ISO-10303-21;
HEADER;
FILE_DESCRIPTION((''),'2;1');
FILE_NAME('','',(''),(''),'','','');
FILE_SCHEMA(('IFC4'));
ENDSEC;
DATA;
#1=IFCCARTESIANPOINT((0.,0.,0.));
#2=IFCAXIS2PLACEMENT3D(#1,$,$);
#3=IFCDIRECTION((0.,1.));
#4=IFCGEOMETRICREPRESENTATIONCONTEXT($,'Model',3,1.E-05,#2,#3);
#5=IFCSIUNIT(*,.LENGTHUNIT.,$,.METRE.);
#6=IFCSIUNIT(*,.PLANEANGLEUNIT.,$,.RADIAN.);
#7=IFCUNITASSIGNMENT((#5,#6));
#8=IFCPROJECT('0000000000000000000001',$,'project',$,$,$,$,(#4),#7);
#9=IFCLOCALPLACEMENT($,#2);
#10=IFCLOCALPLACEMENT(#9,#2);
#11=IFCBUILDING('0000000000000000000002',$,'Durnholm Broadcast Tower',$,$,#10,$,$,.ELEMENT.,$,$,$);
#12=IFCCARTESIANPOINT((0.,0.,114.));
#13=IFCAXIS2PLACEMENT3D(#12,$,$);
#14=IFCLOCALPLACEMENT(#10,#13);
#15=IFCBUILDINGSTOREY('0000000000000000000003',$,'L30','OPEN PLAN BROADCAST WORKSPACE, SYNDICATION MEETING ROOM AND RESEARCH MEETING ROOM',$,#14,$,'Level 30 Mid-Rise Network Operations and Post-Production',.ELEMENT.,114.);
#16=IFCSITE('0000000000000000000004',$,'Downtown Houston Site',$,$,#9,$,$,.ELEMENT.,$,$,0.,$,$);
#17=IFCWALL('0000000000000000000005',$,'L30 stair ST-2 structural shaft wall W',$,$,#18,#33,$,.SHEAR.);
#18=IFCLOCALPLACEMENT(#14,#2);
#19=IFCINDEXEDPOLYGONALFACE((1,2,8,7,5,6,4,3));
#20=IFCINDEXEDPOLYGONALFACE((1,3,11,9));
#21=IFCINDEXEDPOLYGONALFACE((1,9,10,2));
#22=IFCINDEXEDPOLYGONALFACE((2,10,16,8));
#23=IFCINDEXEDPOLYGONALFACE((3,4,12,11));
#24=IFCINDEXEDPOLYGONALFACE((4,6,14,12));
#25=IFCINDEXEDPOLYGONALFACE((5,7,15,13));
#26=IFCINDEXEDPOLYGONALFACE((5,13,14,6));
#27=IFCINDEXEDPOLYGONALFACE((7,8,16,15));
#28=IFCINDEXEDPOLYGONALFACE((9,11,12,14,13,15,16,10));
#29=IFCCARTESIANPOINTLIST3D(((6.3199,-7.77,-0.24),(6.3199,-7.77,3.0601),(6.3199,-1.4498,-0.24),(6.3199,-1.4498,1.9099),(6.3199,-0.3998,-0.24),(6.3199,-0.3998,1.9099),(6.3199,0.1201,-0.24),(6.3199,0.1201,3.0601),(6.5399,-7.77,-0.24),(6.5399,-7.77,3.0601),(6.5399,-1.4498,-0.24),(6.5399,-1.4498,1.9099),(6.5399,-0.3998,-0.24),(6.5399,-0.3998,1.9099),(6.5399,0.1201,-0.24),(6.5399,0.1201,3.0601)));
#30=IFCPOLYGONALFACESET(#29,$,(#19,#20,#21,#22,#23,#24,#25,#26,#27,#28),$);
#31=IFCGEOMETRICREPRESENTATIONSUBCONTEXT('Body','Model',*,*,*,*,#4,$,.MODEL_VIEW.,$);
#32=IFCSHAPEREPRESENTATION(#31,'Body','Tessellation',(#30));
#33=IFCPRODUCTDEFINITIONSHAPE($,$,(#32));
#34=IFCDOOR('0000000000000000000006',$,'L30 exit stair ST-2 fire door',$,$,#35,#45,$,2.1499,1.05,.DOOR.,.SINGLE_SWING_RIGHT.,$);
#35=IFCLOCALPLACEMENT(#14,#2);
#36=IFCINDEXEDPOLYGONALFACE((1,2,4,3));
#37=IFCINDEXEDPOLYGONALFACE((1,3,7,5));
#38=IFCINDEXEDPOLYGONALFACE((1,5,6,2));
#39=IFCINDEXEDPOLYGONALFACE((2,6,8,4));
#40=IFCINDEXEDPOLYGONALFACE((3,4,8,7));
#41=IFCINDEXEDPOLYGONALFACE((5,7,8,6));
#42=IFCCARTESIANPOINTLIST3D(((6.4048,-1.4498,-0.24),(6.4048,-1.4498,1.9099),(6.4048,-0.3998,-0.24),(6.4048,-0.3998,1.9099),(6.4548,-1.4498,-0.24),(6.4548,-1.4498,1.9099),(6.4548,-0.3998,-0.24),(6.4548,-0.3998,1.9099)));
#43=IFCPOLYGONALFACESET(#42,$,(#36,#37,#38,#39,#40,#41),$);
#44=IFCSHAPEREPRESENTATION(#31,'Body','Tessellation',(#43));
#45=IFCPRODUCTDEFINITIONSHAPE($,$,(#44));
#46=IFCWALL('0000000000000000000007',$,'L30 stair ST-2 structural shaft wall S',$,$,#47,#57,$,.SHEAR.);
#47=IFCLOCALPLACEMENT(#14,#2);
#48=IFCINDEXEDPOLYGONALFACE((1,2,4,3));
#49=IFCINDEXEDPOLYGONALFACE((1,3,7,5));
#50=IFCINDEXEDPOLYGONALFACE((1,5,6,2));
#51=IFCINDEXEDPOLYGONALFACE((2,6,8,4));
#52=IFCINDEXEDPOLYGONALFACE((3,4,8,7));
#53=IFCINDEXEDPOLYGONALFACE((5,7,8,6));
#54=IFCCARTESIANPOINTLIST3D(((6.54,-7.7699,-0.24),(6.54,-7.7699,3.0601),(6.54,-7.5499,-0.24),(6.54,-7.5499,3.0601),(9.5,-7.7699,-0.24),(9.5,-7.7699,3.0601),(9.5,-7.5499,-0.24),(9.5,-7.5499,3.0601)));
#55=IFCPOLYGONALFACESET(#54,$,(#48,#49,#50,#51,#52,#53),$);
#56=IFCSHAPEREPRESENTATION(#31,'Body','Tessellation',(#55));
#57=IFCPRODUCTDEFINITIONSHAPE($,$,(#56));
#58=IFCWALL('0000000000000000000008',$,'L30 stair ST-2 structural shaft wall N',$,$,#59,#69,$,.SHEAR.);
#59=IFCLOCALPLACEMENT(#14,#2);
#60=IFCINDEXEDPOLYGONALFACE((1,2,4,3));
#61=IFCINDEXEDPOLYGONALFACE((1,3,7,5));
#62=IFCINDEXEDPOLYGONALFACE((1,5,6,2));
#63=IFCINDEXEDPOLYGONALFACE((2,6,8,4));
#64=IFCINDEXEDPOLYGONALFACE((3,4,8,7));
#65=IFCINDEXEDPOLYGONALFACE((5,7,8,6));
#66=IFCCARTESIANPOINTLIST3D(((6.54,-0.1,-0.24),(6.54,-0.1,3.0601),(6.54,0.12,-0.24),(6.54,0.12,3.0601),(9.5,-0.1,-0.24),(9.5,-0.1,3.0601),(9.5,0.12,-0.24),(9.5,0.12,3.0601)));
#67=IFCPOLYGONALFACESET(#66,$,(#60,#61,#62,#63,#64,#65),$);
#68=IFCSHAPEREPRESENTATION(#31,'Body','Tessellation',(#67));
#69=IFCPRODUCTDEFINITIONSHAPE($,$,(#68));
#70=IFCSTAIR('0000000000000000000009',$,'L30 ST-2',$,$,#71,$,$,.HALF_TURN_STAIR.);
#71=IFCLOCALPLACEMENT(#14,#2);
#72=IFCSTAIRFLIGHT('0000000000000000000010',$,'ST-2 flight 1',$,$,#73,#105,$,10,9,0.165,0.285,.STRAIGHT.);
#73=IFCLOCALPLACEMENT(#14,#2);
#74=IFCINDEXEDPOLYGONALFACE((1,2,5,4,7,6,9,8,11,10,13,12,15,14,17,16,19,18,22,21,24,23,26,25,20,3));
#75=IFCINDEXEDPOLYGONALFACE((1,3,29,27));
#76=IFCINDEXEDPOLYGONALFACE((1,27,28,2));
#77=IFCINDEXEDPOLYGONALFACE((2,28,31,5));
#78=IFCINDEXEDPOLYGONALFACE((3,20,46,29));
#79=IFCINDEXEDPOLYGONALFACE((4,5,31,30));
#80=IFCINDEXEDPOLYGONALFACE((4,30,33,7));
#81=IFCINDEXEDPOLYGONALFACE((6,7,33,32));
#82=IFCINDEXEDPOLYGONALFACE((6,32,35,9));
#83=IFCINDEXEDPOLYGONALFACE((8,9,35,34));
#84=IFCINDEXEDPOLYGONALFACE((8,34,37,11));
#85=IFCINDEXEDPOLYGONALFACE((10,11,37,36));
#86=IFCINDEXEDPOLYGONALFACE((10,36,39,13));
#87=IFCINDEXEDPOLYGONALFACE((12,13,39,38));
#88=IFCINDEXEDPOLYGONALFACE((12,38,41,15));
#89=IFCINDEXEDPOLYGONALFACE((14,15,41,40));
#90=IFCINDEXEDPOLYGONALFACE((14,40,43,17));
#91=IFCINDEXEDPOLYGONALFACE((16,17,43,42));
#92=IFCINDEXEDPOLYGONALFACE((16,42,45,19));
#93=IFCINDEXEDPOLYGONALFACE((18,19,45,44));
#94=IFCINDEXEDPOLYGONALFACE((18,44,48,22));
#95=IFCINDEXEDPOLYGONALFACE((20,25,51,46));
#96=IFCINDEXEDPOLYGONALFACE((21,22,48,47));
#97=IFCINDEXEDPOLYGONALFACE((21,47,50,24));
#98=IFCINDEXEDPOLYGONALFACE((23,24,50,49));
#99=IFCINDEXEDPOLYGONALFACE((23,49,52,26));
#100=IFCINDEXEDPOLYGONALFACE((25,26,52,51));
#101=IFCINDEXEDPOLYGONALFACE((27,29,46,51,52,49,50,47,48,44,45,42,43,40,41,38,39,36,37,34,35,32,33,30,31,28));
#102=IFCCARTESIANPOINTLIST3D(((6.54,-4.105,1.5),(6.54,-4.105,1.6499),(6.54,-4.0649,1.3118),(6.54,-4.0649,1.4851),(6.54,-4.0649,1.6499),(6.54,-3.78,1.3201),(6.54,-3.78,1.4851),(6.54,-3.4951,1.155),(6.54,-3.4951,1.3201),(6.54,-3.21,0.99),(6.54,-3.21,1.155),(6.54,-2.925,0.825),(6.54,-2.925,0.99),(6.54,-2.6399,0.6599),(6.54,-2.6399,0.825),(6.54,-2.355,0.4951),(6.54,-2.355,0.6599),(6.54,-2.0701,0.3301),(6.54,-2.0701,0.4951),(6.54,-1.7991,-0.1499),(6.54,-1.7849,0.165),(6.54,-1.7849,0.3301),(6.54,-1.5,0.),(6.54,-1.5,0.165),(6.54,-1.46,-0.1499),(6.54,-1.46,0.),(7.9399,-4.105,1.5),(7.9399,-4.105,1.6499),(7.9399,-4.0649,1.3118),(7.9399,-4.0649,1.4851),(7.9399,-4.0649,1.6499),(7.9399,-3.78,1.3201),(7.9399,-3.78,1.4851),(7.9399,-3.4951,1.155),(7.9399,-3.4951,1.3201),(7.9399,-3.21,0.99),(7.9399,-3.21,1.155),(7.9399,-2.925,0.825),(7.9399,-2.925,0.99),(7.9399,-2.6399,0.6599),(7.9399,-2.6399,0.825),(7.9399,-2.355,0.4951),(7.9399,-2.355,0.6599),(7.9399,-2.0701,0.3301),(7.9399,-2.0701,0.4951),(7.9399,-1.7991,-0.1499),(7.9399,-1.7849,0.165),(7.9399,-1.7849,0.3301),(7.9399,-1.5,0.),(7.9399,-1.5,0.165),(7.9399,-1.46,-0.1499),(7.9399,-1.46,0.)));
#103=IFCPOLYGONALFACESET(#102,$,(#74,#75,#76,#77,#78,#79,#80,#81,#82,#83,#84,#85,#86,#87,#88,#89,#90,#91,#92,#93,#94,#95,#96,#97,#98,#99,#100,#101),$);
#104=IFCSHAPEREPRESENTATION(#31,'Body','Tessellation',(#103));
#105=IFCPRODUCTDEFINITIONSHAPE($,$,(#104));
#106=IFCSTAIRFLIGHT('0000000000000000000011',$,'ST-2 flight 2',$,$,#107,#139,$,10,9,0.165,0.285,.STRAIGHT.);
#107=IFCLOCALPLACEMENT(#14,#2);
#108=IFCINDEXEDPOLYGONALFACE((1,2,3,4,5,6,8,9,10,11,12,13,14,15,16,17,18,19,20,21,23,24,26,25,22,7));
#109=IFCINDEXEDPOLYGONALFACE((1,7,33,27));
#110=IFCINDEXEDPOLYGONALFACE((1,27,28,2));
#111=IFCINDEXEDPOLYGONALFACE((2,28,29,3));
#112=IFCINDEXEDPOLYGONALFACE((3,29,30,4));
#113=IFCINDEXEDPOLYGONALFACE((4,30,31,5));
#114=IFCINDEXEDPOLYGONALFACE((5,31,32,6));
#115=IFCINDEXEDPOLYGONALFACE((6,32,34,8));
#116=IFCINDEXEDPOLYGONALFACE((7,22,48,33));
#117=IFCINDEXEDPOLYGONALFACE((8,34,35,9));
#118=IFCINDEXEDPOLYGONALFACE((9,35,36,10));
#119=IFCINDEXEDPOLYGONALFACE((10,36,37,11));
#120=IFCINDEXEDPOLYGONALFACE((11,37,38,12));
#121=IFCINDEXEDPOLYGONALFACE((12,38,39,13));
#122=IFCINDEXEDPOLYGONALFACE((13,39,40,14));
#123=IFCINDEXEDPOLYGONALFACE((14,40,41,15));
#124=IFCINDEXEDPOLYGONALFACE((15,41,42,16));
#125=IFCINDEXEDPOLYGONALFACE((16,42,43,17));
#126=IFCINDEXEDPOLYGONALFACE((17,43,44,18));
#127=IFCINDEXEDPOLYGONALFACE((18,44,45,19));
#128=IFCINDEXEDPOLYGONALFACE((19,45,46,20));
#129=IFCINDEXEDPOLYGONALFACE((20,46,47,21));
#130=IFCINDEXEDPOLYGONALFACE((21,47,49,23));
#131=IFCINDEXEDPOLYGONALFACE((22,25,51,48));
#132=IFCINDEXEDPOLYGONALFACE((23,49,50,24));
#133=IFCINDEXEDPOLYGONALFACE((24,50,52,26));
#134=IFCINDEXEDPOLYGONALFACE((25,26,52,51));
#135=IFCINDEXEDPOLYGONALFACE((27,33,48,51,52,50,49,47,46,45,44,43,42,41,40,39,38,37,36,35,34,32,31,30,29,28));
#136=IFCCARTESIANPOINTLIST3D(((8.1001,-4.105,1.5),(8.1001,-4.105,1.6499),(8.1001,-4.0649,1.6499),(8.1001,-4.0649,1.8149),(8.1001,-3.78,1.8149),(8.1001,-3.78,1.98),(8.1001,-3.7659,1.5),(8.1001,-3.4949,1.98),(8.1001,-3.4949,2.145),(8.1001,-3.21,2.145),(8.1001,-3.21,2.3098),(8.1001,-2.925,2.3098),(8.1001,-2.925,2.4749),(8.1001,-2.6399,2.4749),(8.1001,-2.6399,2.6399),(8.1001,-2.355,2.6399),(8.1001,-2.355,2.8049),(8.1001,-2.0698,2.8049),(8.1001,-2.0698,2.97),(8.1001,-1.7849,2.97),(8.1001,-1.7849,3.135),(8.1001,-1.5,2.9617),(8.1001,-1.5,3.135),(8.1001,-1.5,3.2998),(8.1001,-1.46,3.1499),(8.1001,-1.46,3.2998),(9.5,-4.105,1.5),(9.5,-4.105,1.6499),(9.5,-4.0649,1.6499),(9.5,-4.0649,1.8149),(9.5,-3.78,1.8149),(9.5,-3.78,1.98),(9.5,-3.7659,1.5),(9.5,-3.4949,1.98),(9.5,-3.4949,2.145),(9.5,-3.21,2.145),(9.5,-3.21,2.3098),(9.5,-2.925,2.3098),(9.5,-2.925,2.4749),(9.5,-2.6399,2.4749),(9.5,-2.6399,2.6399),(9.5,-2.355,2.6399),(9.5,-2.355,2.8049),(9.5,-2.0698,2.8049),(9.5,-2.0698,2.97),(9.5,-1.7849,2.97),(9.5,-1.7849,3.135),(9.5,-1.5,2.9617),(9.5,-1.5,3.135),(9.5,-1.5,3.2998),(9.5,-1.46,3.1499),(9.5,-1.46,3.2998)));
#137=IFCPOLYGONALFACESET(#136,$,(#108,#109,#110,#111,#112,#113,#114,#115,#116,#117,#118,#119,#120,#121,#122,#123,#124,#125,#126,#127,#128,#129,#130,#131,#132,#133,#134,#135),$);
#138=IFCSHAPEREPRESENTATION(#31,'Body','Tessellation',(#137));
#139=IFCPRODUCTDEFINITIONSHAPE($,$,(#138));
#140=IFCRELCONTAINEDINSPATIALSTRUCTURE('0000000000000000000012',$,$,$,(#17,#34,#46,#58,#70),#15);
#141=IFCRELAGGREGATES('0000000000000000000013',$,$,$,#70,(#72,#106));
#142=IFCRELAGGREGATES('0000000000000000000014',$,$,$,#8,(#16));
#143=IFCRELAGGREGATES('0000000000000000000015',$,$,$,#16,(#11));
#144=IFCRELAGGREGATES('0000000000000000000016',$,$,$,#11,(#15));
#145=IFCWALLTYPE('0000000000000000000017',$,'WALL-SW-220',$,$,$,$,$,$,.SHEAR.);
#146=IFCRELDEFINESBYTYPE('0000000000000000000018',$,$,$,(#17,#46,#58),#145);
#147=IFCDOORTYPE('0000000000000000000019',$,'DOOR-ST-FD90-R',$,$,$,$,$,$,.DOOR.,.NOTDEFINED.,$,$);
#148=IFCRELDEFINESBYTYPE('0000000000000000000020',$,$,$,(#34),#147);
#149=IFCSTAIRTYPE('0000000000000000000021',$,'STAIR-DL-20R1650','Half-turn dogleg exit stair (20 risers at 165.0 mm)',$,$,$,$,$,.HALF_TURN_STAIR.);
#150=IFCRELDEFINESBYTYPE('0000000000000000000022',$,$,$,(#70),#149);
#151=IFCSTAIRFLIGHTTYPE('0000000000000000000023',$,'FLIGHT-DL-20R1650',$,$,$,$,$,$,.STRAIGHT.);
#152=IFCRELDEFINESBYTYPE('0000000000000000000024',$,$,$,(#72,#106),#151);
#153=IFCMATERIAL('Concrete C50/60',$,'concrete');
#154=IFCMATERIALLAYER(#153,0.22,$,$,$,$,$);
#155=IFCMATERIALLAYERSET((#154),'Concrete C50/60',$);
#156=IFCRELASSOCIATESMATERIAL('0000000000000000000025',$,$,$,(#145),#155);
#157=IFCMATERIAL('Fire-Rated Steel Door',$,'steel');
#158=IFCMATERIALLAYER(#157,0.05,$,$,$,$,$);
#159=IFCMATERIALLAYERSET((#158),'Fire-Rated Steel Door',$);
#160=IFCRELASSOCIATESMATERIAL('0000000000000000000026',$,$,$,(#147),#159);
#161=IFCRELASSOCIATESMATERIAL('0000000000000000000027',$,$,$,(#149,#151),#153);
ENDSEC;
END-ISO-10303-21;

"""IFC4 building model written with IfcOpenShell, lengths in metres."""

from ifc_helpers import new_model, si_unit, direction, frame, frame_2d, origin, place, context, subcontext, project, spatial, polyline, rectangle, outline, extrude, source, transform, mapped, material, layer, layer_set, type_object, type_shapes, element, fill, aggregate, save


model = new_model("IFC4")

# Units and contexts
model_context = context("Model", 3, precision=1e-05, world=origin(), true_north=direction((0.0, 1.0)))
body_context = subcontext(model_context, "Body", "Model", "MODEL_VIEW")
ifc_project = project(units=[si_unit("LENGTHUNIT", "METRE"), si_unit("PLANEANGLEUNIT", "RADIAN")], contexts=[model_context])

# Site, building, storey
site_placement = place(None, origin())
site = spatial("IfcSite", under=ifc_project, at=site_placement, Name="Downtown Houston Site", CompositionType="ELEMENT", RefElevation=0.0)
building_placement = place(site_placement, origin())
building = spatial("IfcBuilding", under=site, at=building_placement, Name="Durnholm Broadcast Tower", CompositionType="ELEMENT")
storey_placement = place(building_placement, frame((0.0, 0.0, 114.0)))
storey = spatial("IfcBuildingStorey", under=building, at=storey_placement, Name="L30", Description="OPEN PLAN BROADCAST WORKSPACE, SYNDICATION MEETING ROOM AND RESEARCH MEETING ROOM", LongName="Level 30 Mid-Rise Network Operations and Post-Production", CompositionType="ELEMENT", Elevation=114.0)

# Shared definitions
ifc_material_1 = material(Name="Concrete C50/60", Category="concrete")
ifc_layer_1 = layer(ifc_material_1, 0.22)
ifc_layer_set_1 = layer_set([ifc_layer_1], Name="Concrete C50/60")
wall_type_1 = type_object("IfcWallType", Name="WALL-SW-220", PredefinedType="SHEAR", material=ifc_layer_set_1)

# Wall, opening, door
wall_1_placement = place(storey_placement, frame((6.4299, 0.1201, -0.24), z_axis=(0.0, 0.0, 1.0), x_axis=(0.0, -1.0, 0.0)))
wall_1 = element("IfcWall", 1, at=wall_1_placement, inside=storey, type_object=wall_type_1, Name="L30 stair ST-2 structural shaft wall W", PredefinedType="SHEAR", context=body_context, shape_type="SweptSolid", body=[
    extrude(rectangle(XDim=7.8901, YDim=0.22, at=frame_2d((3.9451, 0.0))), origin(), (0.0, 0.0, 1.0), 3.3),
])
opening_1_placement = place(wall_1_placement, frame((0.52, 0.0, 0.0)))
opening_1 = element("IfcOpeningElement", 2, at=opening_1_placement, cuts=wall_1, PredefinedType="OPENING", context=body_context, shape_type="SweptSolid", body=[
    extrude(rectangle(XDim=1.05, YDim=2.1499, at=frame_2d((0.5249, 1.075))), frame((0.0, 0.1201, 0.0), z_axis=(0.0, -1.0, 0.0), x_axis=(1.0, 0.0, 0.0)), (0.0, 0.0, 1.0), 0.24),
])
ifc_material_2 = material(Name="Fire-Rated Steel Door", Category="steel")
ifc_layer_2 = layer(ifc_material_2, 0.05)
ifc_layer_set_2 = layer_set([ifc_layer_2], Name="Fire-Rated Steel Door")
door_type_1 = type_object("IfcDoorType", Name="DOOR-ST-FD90-R", OperationType="NOTDEFINED", PredefinedType="DOOR", material=ifc_layer_set_2)
shared_shape_1 = source(origin(), body_context, "Body", "SweptSolid", [
    extrude(rectangle(XDim=1.05, YDim=2.1499, at=frame_2d((0.5249, 1.075))), frame((0.0, 0.0249, 0.0), z_axis=(0.0, -1.0, 0.0), x_axis=(1.0, 0.0, 0.0)), (0.0, 0.0, 1.0), 0.05),
])
type_shapes(door_type_1, [shared_shape_1])
door_1_placement = place(opening_1_placement, origin())
door_1 = element("IfcDoor", 3, at=door_1_placement, inside=storey, type_object=door_type_1, Name="L30 exit stair ST-2 fire door", OperationType="SINGLE_SWING_RIGHT", OverallHeight=2.1499, OverallWidth=1.05, PredefinedType="DOOR", context=body_context, shape_type="MappedRepresentation", body=[
    mapped(shared_shape_1, transform((0.0, 0.0, 0.0), x_axis=(1.0, 0.0, 0.0), y_axis=(0.0, 1.0, 0.0), z_axis=(0.0, 0.0, 1.0), scale=1.0)),
])
fill(opening_1, door_1)

# Walls
for number, where, z_axis, x_axis, name in (
    (4, (6.54, -7.6599, -0.24), (0.0, 0.0, 1.0), (1.0, 0.0, 0.0), "L30 stair ST-2 structural shaft wall S"),
    (5, (9.5, 0.01, -0.24), (0.0, 0.0, 1.0), (-1.0, 0.0, 0.0), "L30 stair ST-2 structural shaft wall N"),
):
    element("IfcWall", number, at=place(storey_placement, frame(where, z_axis=z_axis, x_axis=x_axis)), inside=storey, type_object=wall_type_1, Name=name, PredefinedType="SHEAR", context=body_context, shape_type="SweptSolid", body=[
        extrude(rectangle(XDim=2.96, YDim=0.22, at=frame_2d((1.48, 0.0))), origin(), (0.0, 0.0, 1.0), 3.3),
    ])

# Stair, stair flights
stair_type = type_object("IfcStairType", Name="STAIR-DL-20R1650", Description="Half-turn dogleg exit stair (20 risers at 165.0 mm)", PredefinedType="HALF_TURN_STAIR", material=ifc_material_1)
stair_placement = place(storey_placement, origin())
stair = element("IfcStair", 6, at=stair_placement, inside=storey, type_object=stair_type, Name="L30 ST-2", PredefinedType="HALF_TURN_STAIR")
stair_flight_type = type_object("IfcStairFlightType", Name="FLIGHT-DL-20R1650", PredefinedType="STRAIGHT", material=ifc_material_1)
stair_flight_1_placement = place(storey_placement, frame((7.24, -1.5, 0.0), z_axis=(0.0, 0.0, 1.0), x_axis=(0.0, -1.0, 0.0)))
stair_flight_1 = element("IfcStairFlight", 7, at=stair_flight_1_placement, type_object=stair_flight_type, Name="ST-2 flight 1", NumberOfRisers=10, NumberOfTreads=9, PredefinedType="STRAIGHT", RiserHeight=0.165, TreadLength=0.285, context=body_context, shape_type="SweptSolid", body=[
    extrude(outline(polyline([(-0.04, -0.1499), (-0.04, 0.0), (0.0, 0.0), (0.0, 0.165), (0.2849, 0.165), (0.2849, 0.3301), (0.5701, 0.3301), (0.5701, 0.4951), (0.855, 0.4951), (0.855, 0.6599), (1.1399, 0.6599), (1.1399, 0.825), (1.425, 0.825), (1.425, 0.99), (1.71, 0.99), (1.71, 1.155), (1.9951, 1.155), (1.9951, 1.3201), (2.28, 1.3201), (2.28, 1.4851), (2.5649, 1.4851), (2.5649, 1.6499), (2.605, 1.6499), (2.605, 1.5), (2.5649, 1.3118), (0.2991, -0.1499), (-0.04, -0.1499)])), frame((0.0, 0.7, 0.0), z_axis=(0.0, -1.0, 0.0), x_axis=(1.0, 0.0, 0.0)), (0.0, 0.0, 1.0), 1.3999),
])
stair_flight_2_placement = place(storey_placement, frame((8.8, -4.0649, 1.6499), z_axis=(0.0, 0.0, 1.0), x_axis=(0.0, 1.0, 0.0)))
stair_flight_2 = element("IfcStairFlight", 8, at=stair_flight_2_placement, type_object=stair_flight_type, Name="ST-2 flight 2", NumberOfRisers=10, NumberOfTreads=9, PredefinedType="STRAIGHT", RiserHeight=0.165, TreadLength=0.285, context=body_context, shape_type="SweptSolid", body=[
    extrude(outline(polyline([(-0.04, -0.1499), (-0.04, 0.0), (0.0, 0.0), (0.0, 0.165), (0.2849, 0.165), (0.2849, 0.3301), (0.5701, 0.3301), (0.5701, 0.4951), (0.855, 0.4951), (0.855, 0.6599), (1.1399, 0.6599), (1.1399, 0.825), (1.425, 0.825), (1.425, 0.99), (1.71, 0.99), (1.71, 1.155), (1.9951, 1.155), (1.9951, 1.3201), (2.28, 1.3201), (2.28, 1.4851), (2.5649, 1.4851), (2.5649, 1.6499), (2.605, 1.6499), (2.605, 1.5), (2.5649, 1.3118), (0.2991, -0.1499), (-0.04, -0.1499)])), frame((0.0, 0.7, 0.0), z_axis=(0.0, -1.0, 0.0), x_axis=(1.0, 0.0, 0.0)), (0.0, 0.0, 1.0), 1.3999),
])
aggregate(stair, [stair_flight_1, stair_flight_2])

save(model, "model.ifc")
